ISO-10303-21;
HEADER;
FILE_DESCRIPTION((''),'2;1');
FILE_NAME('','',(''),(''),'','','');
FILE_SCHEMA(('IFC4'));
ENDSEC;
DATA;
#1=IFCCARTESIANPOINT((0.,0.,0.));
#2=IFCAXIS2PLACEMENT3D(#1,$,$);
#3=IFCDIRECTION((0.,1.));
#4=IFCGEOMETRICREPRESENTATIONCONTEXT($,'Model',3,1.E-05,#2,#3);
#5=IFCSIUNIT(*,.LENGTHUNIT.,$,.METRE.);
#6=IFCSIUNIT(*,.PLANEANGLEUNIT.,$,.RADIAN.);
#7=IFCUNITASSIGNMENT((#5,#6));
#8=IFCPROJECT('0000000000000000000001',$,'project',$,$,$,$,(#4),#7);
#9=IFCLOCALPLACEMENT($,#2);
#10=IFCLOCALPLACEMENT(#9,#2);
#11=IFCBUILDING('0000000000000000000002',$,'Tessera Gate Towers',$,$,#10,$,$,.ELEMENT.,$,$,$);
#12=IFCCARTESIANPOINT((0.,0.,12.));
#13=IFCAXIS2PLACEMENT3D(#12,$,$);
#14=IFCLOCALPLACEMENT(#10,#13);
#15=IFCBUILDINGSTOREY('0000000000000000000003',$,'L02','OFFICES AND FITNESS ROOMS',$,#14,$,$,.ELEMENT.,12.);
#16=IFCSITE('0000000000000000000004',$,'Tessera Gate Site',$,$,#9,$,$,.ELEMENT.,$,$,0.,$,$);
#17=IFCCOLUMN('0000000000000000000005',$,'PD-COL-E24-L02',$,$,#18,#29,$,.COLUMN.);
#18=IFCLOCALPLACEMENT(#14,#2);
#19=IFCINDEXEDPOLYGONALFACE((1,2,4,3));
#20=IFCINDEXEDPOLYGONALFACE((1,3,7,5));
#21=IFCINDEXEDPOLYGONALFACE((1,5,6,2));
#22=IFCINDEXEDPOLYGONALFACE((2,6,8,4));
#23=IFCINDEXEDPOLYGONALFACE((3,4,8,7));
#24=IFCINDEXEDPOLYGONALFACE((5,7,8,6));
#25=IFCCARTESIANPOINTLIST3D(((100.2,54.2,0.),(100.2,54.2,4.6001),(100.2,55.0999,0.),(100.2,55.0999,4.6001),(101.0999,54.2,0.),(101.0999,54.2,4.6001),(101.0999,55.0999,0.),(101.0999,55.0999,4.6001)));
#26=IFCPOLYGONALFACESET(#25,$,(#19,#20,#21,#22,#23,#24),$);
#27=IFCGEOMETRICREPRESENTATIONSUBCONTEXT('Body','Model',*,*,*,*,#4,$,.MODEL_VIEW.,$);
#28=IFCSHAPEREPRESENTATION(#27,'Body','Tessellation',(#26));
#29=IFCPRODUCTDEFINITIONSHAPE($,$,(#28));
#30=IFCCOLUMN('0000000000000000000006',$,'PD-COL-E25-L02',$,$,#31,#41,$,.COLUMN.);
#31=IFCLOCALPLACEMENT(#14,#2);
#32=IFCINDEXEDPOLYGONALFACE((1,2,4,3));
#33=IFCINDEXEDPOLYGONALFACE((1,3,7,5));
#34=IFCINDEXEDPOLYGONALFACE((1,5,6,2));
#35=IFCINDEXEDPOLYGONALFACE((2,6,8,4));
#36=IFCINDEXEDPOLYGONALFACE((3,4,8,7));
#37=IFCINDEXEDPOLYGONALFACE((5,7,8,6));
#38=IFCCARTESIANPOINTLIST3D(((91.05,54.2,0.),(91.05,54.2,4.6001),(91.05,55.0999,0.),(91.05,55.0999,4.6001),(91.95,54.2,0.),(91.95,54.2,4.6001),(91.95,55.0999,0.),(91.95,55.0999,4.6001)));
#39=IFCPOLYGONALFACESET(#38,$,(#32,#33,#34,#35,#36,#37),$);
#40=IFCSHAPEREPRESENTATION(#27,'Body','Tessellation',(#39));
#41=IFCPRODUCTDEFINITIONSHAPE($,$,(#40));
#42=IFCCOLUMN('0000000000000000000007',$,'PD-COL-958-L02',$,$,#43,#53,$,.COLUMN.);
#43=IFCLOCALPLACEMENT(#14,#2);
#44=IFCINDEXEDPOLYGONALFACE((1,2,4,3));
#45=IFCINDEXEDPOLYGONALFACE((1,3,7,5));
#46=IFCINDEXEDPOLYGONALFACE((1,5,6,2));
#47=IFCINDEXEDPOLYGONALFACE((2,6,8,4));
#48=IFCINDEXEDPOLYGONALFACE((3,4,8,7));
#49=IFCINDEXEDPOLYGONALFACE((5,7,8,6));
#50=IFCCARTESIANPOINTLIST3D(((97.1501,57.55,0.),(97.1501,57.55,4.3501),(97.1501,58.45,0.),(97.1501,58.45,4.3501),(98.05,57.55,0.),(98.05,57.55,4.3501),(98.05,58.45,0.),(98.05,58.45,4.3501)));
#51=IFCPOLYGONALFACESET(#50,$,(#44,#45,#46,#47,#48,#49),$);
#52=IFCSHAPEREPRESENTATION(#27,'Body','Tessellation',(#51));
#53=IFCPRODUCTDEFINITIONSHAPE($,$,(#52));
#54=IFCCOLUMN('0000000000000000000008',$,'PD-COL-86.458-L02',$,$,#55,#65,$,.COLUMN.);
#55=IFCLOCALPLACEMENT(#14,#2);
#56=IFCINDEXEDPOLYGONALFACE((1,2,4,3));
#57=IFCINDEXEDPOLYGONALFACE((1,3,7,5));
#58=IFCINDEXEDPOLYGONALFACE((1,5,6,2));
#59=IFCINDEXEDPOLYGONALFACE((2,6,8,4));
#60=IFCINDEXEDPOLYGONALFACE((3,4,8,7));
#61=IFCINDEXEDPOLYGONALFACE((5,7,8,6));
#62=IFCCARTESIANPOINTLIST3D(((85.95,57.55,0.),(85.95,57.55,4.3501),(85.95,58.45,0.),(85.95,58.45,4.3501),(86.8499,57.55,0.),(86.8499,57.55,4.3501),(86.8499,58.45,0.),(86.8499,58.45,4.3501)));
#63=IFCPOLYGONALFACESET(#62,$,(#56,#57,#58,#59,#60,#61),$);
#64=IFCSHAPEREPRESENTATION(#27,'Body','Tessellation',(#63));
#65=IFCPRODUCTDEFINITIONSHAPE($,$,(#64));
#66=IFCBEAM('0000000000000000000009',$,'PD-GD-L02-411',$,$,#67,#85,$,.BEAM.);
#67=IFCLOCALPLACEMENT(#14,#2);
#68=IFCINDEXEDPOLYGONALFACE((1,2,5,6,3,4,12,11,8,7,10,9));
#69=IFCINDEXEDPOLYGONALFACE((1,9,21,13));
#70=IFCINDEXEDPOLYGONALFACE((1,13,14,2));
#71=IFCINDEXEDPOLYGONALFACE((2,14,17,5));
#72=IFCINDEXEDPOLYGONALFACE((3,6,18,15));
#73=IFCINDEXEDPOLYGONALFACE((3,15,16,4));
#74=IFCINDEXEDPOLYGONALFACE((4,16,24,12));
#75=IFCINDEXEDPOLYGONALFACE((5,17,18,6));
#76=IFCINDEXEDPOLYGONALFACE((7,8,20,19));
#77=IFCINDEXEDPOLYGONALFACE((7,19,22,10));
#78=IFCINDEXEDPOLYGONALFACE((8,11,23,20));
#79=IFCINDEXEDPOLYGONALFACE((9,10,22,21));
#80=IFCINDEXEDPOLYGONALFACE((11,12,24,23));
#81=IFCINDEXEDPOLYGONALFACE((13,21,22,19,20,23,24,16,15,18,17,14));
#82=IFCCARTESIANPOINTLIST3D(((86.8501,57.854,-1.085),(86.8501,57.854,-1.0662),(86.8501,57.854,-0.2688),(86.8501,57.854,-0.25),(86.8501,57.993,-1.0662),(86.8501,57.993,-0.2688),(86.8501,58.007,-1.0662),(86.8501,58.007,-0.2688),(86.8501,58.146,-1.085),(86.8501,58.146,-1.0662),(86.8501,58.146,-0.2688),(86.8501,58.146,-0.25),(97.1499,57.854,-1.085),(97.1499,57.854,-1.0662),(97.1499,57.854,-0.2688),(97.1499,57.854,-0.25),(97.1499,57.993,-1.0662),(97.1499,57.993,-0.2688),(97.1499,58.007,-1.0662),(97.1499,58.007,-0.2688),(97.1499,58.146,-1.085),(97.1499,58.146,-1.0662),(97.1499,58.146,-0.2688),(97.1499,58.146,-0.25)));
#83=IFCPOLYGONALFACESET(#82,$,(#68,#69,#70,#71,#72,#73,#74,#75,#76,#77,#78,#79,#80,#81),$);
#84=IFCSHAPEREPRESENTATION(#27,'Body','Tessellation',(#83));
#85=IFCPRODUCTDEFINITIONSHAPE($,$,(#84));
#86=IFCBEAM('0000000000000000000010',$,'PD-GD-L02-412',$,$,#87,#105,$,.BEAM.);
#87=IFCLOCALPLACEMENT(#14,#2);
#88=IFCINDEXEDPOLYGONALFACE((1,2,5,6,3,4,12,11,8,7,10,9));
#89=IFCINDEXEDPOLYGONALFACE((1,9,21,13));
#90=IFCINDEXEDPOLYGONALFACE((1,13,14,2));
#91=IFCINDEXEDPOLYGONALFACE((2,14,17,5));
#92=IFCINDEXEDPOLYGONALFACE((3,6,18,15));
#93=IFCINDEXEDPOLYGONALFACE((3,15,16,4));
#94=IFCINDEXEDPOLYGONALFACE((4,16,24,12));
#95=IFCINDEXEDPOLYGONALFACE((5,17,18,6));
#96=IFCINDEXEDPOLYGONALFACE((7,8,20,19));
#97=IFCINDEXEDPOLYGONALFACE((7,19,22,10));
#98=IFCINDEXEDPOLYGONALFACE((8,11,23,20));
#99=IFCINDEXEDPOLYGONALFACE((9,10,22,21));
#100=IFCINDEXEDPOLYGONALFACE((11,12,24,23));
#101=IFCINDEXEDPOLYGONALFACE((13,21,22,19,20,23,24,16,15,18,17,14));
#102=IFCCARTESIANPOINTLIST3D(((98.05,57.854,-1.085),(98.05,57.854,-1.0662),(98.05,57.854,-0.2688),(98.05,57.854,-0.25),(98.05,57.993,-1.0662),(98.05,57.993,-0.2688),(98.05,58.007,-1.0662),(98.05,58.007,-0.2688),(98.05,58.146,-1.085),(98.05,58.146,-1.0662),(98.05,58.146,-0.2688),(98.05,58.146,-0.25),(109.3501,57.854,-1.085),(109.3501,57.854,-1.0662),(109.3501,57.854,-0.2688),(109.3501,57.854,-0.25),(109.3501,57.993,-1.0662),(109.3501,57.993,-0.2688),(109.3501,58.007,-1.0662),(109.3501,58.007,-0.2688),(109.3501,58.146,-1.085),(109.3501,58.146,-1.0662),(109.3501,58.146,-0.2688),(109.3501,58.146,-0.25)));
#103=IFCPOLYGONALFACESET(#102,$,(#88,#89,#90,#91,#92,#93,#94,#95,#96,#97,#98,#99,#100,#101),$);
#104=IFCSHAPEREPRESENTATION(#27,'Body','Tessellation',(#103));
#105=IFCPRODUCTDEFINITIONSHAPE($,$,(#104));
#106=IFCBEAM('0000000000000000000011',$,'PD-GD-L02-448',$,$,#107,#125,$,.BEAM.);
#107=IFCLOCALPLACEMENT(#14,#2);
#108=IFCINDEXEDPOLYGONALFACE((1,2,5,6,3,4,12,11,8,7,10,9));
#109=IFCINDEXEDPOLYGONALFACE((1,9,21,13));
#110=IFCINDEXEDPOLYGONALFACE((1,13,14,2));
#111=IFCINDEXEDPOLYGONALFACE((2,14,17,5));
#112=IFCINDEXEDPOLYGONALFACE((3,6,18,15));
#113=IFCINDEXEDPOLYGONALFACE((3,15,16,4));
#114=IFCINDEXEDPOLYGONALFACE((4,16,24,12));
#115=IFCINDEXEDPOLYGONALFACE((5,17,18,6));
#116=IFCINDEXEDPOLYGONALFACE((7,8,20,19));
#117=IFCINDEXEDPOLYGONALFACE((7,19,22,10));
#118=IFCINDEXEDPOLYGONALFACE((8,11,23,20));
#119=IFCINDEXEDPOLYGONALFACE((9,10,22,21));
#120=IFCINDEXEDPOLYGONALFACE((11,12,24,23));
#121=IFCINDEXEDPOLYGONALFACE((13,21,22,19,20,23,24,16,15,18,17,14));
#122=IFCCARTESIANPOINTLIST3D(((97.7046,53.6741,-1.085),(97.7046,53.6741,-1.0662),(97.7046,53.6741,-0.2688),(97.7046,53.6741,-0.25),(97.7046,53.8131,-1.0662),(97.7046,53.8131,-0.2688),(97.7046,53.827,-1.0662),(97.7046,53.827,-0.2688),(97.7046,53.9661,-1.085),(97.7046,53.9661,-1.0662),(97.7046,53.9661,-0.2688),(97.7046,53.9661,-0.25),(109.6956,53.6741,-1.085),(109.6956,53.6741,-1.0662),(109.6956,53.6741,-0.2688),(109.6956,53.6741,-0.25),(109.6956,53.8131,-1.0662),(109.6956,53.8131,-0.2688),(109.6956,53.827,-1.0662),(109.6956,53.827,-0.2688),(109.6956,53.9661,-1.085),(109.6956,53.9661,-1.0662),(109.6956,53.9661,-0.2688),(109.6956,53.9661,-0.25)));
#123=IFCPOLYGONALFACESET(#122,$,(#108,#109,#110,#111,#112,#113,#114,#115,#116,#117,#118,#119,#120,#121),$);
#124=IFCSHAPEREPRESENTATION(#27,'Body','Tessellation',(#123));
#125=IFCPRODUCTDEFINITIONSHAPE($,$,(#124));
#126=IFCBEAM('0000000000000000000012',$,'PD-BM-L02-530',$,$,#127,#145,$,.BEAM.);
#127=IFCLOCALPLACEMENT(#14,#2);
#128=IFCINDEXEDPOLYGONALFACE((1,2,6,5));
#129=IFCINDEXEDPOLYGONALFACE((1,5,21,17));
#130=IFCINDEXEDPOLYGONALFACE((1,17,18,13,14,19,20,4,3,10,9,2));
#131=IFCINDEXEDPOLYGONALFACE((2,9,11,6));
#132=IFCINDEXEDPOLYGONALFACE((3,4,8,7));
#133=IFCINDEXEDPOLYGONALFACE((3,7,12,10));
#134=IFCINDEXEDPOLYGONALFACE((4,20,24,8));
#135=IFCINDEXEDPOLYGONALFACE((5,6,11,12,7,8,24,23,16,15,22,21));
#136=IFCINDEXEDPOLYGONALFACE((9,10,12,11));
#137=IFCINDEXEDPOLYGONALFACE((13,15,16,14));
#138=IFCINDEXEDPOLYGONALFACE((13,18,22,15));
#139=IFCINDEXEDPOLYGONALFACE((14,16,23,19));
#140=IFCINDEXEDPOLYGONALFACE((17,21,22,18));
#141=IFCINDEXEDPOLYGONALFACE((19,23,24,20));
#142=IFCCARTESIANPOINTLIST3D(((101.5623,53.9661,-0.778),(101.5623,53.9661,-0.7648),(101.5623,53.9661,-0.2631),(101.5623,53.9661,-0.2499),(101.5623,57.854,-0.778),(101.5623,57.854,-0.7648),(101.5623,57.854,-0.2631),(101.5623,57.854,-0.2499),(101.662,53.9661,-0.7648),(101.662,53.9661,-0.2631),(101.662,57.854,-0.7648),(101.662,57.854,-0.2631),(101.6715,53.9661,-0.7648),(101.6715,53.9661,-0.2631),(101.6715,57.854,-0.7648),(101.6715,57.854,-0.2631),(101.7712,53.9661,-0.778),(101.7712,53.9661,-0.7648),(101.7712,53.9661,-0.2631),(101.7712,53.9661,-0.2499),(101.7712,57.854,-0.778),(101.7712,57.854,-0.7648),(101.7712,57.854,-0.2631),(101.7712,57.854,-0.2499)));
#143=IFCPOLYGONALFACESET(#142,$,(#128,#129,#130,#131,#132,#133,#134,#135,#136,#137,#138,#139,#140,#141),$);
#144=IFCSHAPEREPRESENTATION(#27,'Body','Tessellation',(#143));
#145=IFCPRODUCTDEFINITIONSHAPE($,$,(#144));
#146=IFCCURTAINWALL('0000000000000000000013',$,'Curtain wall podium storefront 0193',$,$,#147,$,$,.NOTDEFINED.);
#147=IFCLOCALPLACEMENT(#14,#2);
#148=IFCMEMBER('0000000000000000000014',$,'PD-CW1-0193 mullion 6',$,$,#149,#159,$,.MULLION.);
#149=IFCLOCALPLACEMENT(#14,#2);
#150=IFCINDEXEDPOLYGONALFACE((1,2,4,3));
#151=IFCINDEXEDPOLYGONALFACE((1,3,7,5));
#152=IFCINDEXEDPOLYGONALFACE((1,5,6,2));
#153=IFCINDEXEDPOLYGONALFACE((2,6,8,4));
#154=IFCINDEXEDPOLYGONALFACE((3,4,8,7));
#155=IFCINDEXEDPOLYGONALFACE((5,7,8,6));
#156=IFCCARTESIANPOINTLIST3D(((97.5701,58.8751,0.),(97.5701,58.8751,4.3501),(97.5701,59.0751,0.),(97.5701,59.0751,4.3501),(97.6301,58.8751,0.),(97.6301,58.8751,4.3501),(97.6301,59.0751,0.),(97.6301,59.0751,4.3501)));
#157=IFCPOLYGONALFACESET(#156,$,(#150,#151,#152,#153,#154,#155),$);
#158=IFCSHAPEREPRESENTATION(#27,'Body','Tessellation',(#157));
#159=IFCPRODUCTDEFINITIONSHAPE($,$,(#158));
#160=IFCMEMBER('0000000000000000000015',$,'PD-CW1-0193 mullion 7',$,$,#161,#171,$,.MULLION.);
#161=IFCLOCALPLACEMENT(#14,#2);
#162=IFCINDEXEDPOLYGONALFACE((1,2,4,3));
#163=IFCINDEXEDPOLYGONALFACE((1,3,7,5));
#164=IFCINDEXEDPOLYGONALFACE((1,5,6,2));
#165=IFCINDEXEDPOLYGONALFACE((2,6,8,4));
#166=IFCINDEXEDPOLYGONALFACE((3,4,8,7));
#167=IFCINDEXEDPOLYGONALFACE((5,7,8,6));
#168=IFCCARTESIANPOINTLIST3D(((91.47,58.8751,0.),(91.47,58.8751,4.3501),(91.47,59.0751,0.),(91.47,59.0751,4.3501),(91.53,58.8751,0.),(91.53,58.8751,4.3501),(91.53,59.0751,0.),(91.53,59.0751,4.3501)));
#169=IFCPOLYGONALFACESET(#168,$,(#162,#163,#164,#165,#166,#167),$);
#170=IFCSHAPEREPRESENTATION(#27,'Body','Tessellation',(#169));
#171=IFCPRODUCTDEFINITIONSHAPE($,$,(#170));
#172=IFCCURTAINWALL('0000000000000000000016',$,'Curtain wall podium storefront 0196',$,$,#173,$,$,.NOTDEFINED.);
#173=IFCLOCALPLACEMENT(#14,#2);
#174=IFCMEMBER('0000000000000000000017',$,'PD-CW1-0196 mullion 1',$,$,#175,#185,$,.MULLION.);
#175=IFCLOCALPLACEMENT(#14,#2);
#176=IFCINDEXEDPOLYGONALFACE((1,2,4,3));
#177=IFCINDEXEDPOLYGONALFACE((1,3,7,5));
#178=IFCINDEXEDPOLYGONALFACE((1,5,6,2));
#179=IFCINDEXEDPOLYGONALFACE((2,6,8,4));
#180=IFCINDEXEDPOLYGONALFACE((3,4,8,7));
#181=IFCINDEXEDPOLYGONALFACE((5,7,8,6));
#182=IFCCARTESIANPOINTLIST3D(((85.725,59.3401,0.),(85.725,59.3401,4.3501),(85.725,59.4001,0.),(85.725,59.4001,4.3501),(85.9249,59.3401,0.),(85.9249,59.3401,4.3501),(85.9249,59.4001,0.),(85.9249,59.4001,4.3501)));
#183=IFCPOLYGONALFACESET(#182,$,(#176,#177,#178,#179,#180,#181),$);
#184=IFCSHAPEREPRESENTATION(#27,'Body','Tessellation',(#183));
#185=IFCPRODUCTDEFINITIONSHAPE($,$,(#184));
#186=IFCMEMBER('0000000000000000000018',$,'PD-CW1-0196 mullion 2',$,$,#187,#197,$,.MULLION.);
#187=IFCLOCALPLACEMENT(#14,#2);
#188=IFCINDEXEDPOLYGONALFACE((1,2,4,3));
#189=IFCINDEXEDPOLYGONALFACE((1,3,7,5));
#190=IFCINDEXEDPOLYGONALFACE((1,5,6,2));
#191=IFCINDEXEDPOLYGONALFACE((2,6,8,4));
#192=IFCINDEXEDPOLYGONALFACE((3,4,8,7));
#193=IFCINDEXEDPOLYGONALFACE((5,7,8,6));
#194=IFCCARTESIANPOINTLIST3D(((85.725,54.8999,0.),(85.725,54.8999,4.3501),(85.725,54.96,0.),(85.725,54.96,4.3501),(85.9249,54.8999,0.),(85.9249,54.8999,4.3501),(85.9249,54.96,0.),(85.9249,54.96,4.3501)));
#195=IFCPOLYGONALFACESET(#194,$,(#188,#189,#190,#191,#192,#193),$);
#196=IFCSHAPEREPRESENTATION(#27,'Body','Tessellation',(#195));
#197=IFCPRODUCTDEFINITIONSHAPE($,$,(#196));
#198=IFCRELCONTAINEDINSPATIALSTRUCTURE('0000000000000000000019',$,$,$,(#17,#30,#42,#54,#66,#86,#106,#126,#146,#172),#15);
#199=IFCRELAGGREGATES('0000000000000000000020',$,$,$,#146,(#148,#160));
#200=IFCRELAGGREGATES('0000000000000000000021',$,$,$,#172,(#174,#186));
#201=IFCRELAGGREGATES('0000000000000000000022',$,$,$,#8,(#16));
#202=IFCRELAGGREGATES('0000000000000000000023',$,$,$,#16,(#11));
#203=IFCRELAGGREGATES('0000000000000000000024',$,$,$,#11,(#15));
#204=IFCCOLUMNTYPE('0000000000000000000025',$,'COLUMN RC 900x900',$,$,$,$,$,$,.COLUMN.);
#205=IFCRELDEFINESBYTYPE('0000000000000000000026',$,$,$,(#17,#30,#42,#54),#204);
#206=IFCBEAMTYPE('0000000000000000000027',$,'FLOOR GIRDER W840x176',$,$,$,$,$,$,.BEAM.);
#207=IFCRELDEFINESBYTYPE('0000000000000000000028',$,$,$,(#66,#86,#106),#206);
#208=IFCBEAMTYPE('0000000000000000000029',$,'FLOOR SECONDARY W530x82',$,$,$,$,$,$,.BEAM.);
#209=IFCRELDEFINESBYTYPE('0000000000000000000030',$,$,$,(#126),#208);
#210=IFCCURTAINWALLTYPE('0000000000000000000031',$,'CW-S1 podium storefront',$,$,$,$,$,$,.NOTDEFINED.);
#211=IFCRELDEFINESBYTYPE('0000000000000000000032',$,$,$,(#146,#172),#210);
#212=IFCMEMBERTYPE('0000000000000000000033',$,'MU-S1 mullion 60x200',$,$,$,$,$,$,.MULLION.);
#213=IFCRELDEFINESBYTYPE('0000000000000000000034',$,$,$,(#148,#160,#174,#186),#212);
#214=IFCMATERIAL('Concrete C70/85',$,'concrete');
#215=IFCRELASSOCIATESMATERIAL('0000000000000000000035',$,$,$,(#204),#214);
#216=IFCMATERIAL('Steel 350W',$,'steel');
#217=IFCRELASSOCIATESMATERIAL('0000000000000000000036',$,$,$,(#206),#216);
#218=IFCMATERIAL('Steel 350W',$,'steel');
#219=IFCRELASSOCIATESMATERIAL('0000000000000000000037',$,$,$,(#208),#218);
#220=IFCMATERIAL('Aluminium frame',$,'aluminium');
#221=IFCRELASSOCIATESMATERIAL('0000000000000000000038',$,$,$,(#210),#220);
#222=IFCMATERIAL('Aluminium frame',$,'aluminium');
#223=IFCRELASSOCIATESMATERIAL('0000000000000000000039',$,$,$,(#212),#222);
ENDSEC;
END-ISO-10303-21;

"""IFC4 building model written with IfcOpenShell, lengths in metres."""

from ifc_helpers import new_model, si_unit, direction, frame, origin, origin_2d, place, context, subcontext, project, spatial, rectangle, i_section, extrude, material, material_profile, profile_set, type_object, element, aggregate, save


model = new_model("IFC4")

# Units and contexts
model_context = context("Model", 3, precision=1e-05, world=origin(), true_north=direction((0.0, 1.0)))
body_context = subcontext(model_context, "Body", "Model", "MODEL_VIEW")
ifc_project = project(units=[si_unit("LENGTHUNIT", "METRE"), si_unit("PLANEANGLEUNIT", "RADIAN")], contexts=[model_context])

# Site, building, storey
site_placement = place(None, origin())
site = spatial("IfcSite", under=ifc_project, at=site_placement, Name="Tessera Gate Site", CompositionType="ELEMENT", RefElevation=0.0)
building_placement = place(site_placement, origin())
building = spatial("IfcBuilding", under=site, at=building_placement, Name="Tessera Gate Towers", CompositionType="ELEMENT")
storey_placement = place(building_placement, frame((0.0, 0.0, 12.0)))
storey = spatial("IfcBuildingStorey", under=building, at=storey_placement, Name="L02", Description="OFFICES AND FITNESS ROOMS", CompositionType="ELEMENT", Elevation=12.0)

# Columns
ifc_material_1 = material(Name="Concrete C70/85", Category="concrete")
ifc_material_profile_1 = material_profile(ifc_material_1, rectangle(XDim=0.8999, YDim=0.8999, at=origin_2d()), Name="RC 900x900")
ifc_profile_set_1 = profile_set([ifc_material_profile_1], Name="Concrete C70/85")
column_type = type_object("IfcColumnType", Name="COLUMN RC 900x900", PredefinedType="COLUMN", material=ifc_profile_set_1)
for number, where, z_axis, x_axis, name in (
    (1, (100.6499, 54.6499, 0.0), (0.0, 0.0, 1.0), (1.0, 0.0, 0.0), "PD-COL-E24-L02"),
    (2, (91.5, 54.6499, 0.0), (0.0, 0.0, 1.0), (1.0, 0.0, 0.0), "PD-COL-E25-L02"),
):
    element("IfcColumn", number, at=place(storey_placement, frame(where, z_axis=z_axis, x_axis=x_axis)), inside=storey, type_object=column_type, Name=name, PredefinedType="COLUMN", context=body_context, shape_type="SweptSolid", body=[
        extrude(rectangle(XDim=0.8999, YDim=0.8999, at=origin_2d()), origin(), (0.0, 0.0, 1.0), 4.6001),
    ])
for number, where, z_axis, x_axis, name in (
    (3, (97.6001, 58.0, 0.0), (0.0, 0.0, 1.0), (1.0, 0.0, 0.0), "PD-COL-958-L02"),
    (4, (86.3999, 58.0, 0.0), (0.0, 0.0, 1.0), (1.0, 0.0, 0.0), "PD-COL-86.458-L02"),
):
    element("IfcColumn", number, at=place(storey_placement, frame(where, z_axis=z_axis, x_axis=x_axis)), inside=storey, type_object=column_type, Name=name, PredefinedType="COLUMN", context=body_context, shape_type="SweptSolid", body=[
        extrude(rectangle(XDim=0.8999, YDim=0.8999, at=origin_2d()), origin(), (0.0, 0.0, 1.0), 4.3501),
    ])

# Beams
ifc_material_2 = material(Name="Steel 350W", Category="steel")
ifc_material_profile_2 = material_profile(ifc_material_2, i_section(OverallWidth=0.292, OverallDepth=0.835, WebThickness=0.0139, FlangeThickness=0.0188, at=origin_2d()), Name="W840x176")
ifc_profile_set_2 = profile_set([ifc_material_profile_2], Name="Steel 350W")
beam_type_1 = type_object("IfcBeamType", Name="FLOOR GIRDER W840x176", PredefinedType="BEAM", material=ifc_profile_set_2)
beam_1_placement = place(storey_placement, frame((86.8501, 58.0, -0.6675), z_axis=(1.0, 0.0, 0.0), x_axis=(0.0, 1.0, 0.0)))
element("IfcBeam", 5, at=beam_1_placement, inside=storey, type_object=beam_type_1, Name="PD-GD-L02-411", PredefinedType="BEAM", context=body_context, shape_type="SweptSolid", body=[
    extrude(i_section(OverallWidth=0.292, OverallDepth=0.835, WebThickness=0.0139, FlangeThickness=0.0188, at=origin_2d()), origin(), (0.0, 0.0, 1.0), 10.2998),
])
beam_2_placement = place(storey_placement, frame((98.05, 58.0, -0.6675), z_axis=(1.0, 0.0, 0.0), x_axis=(0.0, 1.0, 0.0)))
element("IfcBeam", 6, at=beam_2_placement, inside=storey, type_object=beam_type_1, Name="PD-GD-L02-412", PredefinedType="BEAM", context=body_context, shape_type="SweptSolid", body=[
    extrude(i_section(OverallWidth=0.292, OverallDepth=0.835, WebThickness=0.0139, FlangeThickness=0.0188, at=origin_2d()), origin(), (0.0, 0.0, 1.0), 11.3),
])
beam_3_placement = place(storey_placement, frame((97.7046, 53.8201, -0.6675), z_axis=(1.0, 0.0, 0.0), x_axis=(0.0, 1.0, 0.0)))
element("IfcBeam", 7, at=beam_3_placement, inside=storey, type_object=beam_type_1, Name="PD-GD-L02-448", PredefinedType="BEAM", context=body_context, shape_type="SweptSolid", body=[
    extrude(i_section(OverallWidth=0.292, OverallDepth=0.835, WebThickness=0.0139, FlangeThickness=0.0188, at=origin_2d()), origin(), (0.0, 0.0, 1.0), 11.991),
])
ifc_material_3 = material(Name="Steel 350W", Category="steel")
ifc_material_profile_3 = material_profile(ifc_material_3, i_section(OverallWidth=0.209, OverallDepth=0.5281, WebThickness=0.0095, FlangeThickness=0.0132, at=origin_2d()), Name="W530x82")
ifc_profile_set_3 = profile_set([ifc_material_profile_3], Name="Steel 350W")
beam_type_2 = type_object("IfcBeamType", Name="FLOOR SECONDARY W530x82", PredefinedType="BEAM", material=ifc_profile_set_3)
beam_4_placement = place(storey_placement, frame((101.6667, 53.9661, -0.5139), z_axis=(0.0, 1.0, 0.0), x_axis=(-1.0, 0.0, 0.0)))
element("IfcBeam", 8, at=beam_4_placement, inside=storey, type_object=beam_type_2, Name="PD-BM-L02-530", PredefinedType="BEAM", context=body_context, shape_type="SweptSolid", body=[
    extrude(i_section(OverallWidth=0.209, OverallDepth=0.5281, WebThickness=0.0095, FlangeThickness=0.0132, at=origin_2d()), origin(), (0.0, 0.0, 1.0), 3.8879),
])

# Curtain walls, members
ifc_material_4 = material(Name="Aluminium frame", Category="aluminium")
curtain_wall_type = type_object("IfcCurtainWallType", Name="CW-S1 podium storefront", PredefinedType="NOTDEFINED", material=ifc_material_4)
curtain_wall_1_placement = place(storey_placement, origin())
curtain_wall_1 = element("IfcCurtainWall", 9, at=curtain_wall_1_placement, inside=storey, type_object=curtain_wall_type, Name="Curtain wall podium storefront 0193", PredefinedType="NOTDEFINED")
ifc_material_5 = material(Name="Aluminium frame", Category="aluminium")
ifc_material_profile_4 = material_profile(ifc_material_5, rectangle(XDim=0.0601, YDim=0.2, at=origin_2d()), Name="AL 60x200")
ifc_profile_set_4 = profile_set([ifc_material_profile_4], Name="Aluminium frame")
member_type_1 = type_object("IfcMemberType", Name="MU-S1 mullion 60x200", PredefinedType="MULLION", material=ifc_profile_set_4)
member_1_placement = place(storey_placement, frame((97.6001, 58.9751, 0.0), z_axis=(0.0, 0.0, 1.0), x_axis=(-1.0, 0.0, 0.0)))
member_1 = element("IfcMember", 10, at=member_1_placement, type_object=member_type_1, Name="PD-CW1-0193 mullion 6", PredefinedType="MULLION", context=body_context, shape_type="SweptSolid", body=[
    extrude(rectangle(XDim=0.0601, YDim=0.2, at=origin_2d()), origin(), (0.0, 0.0, 1.0), 4.3501),
])
member_2_placement = place(storey_placement, frame((91.5, 58.9751, 0.0), z_axis=(0.0, 0.0, 1.0), x_axis=(-1.0, 0.0, 0.0)))
member_2 = element("IfcMember", 11, at=member_2_placement, type_object=member_type_1, Name="PD-CW1-0193 mullion 7", PredefinedType="MULLION", context=body_context, shape_type="SweptSolid", body=[
    extrude(rectangle(XDim=0.0601, YDim=0.2, at=origin_2d()), origin(), (0.0, 0.0, 1.0), 4.3501),
])
curtain_wall_2_placement = place(storey_placement, origin())
curtain_wall_2 = element("IfcCurtainWall", 12, at=curtain_wall_2_placement, inside=storey, type_object=curtain_wall_type, Name="Curtain wall podium storefront 0196", PredefinedType="NOTDEFINED")
member_3_placement = place(storey_placement, frame((85.825, 59.3701, 0.0), z_axis=(0.0, 0.0, 1.0), x_axis=(0.0, -1.0, 0.0)))
member_3 = element("IfcMember", 13, at=member_3_placement, type_object=member_type_1, Name="PD-CW1-0196 mullion 1", PredefinedType="MULLION", context=body_context, shape_type="SweptSolid", body=[
    extrude(rectangle(XDim=0.0601, YDim=0.2, at=origin_2d()), origin(), (0.0, 0.0, 1.0), 4.3501),
])
member_4_placement = place(storey_placement, frame((85.825, 54.9299, 0.0), z_axis=(0.0, 0.0, 1.0), x_axis=(0.0, -1.0, 0.0)))
member_4 = element("IfcMember", 14, at=member_4_placement, type_object=member_type_1, Name="PD-CW1-0196 mullion 2", PredefinedType="MULLION", context=body_context, shape_type="SweptSolid", body=[
    extrude(rectangle(XDim=0.0601, YDim=0.2, at=origin_2d()), origin(), (0.0, 0.0, 1.0), 4.3501),
])

aggregate(curtain_wall_1, [member_1, member_2])
aggregate(curtain_wall_2, [member_3, member_4])

save(model, "model.ifc")
